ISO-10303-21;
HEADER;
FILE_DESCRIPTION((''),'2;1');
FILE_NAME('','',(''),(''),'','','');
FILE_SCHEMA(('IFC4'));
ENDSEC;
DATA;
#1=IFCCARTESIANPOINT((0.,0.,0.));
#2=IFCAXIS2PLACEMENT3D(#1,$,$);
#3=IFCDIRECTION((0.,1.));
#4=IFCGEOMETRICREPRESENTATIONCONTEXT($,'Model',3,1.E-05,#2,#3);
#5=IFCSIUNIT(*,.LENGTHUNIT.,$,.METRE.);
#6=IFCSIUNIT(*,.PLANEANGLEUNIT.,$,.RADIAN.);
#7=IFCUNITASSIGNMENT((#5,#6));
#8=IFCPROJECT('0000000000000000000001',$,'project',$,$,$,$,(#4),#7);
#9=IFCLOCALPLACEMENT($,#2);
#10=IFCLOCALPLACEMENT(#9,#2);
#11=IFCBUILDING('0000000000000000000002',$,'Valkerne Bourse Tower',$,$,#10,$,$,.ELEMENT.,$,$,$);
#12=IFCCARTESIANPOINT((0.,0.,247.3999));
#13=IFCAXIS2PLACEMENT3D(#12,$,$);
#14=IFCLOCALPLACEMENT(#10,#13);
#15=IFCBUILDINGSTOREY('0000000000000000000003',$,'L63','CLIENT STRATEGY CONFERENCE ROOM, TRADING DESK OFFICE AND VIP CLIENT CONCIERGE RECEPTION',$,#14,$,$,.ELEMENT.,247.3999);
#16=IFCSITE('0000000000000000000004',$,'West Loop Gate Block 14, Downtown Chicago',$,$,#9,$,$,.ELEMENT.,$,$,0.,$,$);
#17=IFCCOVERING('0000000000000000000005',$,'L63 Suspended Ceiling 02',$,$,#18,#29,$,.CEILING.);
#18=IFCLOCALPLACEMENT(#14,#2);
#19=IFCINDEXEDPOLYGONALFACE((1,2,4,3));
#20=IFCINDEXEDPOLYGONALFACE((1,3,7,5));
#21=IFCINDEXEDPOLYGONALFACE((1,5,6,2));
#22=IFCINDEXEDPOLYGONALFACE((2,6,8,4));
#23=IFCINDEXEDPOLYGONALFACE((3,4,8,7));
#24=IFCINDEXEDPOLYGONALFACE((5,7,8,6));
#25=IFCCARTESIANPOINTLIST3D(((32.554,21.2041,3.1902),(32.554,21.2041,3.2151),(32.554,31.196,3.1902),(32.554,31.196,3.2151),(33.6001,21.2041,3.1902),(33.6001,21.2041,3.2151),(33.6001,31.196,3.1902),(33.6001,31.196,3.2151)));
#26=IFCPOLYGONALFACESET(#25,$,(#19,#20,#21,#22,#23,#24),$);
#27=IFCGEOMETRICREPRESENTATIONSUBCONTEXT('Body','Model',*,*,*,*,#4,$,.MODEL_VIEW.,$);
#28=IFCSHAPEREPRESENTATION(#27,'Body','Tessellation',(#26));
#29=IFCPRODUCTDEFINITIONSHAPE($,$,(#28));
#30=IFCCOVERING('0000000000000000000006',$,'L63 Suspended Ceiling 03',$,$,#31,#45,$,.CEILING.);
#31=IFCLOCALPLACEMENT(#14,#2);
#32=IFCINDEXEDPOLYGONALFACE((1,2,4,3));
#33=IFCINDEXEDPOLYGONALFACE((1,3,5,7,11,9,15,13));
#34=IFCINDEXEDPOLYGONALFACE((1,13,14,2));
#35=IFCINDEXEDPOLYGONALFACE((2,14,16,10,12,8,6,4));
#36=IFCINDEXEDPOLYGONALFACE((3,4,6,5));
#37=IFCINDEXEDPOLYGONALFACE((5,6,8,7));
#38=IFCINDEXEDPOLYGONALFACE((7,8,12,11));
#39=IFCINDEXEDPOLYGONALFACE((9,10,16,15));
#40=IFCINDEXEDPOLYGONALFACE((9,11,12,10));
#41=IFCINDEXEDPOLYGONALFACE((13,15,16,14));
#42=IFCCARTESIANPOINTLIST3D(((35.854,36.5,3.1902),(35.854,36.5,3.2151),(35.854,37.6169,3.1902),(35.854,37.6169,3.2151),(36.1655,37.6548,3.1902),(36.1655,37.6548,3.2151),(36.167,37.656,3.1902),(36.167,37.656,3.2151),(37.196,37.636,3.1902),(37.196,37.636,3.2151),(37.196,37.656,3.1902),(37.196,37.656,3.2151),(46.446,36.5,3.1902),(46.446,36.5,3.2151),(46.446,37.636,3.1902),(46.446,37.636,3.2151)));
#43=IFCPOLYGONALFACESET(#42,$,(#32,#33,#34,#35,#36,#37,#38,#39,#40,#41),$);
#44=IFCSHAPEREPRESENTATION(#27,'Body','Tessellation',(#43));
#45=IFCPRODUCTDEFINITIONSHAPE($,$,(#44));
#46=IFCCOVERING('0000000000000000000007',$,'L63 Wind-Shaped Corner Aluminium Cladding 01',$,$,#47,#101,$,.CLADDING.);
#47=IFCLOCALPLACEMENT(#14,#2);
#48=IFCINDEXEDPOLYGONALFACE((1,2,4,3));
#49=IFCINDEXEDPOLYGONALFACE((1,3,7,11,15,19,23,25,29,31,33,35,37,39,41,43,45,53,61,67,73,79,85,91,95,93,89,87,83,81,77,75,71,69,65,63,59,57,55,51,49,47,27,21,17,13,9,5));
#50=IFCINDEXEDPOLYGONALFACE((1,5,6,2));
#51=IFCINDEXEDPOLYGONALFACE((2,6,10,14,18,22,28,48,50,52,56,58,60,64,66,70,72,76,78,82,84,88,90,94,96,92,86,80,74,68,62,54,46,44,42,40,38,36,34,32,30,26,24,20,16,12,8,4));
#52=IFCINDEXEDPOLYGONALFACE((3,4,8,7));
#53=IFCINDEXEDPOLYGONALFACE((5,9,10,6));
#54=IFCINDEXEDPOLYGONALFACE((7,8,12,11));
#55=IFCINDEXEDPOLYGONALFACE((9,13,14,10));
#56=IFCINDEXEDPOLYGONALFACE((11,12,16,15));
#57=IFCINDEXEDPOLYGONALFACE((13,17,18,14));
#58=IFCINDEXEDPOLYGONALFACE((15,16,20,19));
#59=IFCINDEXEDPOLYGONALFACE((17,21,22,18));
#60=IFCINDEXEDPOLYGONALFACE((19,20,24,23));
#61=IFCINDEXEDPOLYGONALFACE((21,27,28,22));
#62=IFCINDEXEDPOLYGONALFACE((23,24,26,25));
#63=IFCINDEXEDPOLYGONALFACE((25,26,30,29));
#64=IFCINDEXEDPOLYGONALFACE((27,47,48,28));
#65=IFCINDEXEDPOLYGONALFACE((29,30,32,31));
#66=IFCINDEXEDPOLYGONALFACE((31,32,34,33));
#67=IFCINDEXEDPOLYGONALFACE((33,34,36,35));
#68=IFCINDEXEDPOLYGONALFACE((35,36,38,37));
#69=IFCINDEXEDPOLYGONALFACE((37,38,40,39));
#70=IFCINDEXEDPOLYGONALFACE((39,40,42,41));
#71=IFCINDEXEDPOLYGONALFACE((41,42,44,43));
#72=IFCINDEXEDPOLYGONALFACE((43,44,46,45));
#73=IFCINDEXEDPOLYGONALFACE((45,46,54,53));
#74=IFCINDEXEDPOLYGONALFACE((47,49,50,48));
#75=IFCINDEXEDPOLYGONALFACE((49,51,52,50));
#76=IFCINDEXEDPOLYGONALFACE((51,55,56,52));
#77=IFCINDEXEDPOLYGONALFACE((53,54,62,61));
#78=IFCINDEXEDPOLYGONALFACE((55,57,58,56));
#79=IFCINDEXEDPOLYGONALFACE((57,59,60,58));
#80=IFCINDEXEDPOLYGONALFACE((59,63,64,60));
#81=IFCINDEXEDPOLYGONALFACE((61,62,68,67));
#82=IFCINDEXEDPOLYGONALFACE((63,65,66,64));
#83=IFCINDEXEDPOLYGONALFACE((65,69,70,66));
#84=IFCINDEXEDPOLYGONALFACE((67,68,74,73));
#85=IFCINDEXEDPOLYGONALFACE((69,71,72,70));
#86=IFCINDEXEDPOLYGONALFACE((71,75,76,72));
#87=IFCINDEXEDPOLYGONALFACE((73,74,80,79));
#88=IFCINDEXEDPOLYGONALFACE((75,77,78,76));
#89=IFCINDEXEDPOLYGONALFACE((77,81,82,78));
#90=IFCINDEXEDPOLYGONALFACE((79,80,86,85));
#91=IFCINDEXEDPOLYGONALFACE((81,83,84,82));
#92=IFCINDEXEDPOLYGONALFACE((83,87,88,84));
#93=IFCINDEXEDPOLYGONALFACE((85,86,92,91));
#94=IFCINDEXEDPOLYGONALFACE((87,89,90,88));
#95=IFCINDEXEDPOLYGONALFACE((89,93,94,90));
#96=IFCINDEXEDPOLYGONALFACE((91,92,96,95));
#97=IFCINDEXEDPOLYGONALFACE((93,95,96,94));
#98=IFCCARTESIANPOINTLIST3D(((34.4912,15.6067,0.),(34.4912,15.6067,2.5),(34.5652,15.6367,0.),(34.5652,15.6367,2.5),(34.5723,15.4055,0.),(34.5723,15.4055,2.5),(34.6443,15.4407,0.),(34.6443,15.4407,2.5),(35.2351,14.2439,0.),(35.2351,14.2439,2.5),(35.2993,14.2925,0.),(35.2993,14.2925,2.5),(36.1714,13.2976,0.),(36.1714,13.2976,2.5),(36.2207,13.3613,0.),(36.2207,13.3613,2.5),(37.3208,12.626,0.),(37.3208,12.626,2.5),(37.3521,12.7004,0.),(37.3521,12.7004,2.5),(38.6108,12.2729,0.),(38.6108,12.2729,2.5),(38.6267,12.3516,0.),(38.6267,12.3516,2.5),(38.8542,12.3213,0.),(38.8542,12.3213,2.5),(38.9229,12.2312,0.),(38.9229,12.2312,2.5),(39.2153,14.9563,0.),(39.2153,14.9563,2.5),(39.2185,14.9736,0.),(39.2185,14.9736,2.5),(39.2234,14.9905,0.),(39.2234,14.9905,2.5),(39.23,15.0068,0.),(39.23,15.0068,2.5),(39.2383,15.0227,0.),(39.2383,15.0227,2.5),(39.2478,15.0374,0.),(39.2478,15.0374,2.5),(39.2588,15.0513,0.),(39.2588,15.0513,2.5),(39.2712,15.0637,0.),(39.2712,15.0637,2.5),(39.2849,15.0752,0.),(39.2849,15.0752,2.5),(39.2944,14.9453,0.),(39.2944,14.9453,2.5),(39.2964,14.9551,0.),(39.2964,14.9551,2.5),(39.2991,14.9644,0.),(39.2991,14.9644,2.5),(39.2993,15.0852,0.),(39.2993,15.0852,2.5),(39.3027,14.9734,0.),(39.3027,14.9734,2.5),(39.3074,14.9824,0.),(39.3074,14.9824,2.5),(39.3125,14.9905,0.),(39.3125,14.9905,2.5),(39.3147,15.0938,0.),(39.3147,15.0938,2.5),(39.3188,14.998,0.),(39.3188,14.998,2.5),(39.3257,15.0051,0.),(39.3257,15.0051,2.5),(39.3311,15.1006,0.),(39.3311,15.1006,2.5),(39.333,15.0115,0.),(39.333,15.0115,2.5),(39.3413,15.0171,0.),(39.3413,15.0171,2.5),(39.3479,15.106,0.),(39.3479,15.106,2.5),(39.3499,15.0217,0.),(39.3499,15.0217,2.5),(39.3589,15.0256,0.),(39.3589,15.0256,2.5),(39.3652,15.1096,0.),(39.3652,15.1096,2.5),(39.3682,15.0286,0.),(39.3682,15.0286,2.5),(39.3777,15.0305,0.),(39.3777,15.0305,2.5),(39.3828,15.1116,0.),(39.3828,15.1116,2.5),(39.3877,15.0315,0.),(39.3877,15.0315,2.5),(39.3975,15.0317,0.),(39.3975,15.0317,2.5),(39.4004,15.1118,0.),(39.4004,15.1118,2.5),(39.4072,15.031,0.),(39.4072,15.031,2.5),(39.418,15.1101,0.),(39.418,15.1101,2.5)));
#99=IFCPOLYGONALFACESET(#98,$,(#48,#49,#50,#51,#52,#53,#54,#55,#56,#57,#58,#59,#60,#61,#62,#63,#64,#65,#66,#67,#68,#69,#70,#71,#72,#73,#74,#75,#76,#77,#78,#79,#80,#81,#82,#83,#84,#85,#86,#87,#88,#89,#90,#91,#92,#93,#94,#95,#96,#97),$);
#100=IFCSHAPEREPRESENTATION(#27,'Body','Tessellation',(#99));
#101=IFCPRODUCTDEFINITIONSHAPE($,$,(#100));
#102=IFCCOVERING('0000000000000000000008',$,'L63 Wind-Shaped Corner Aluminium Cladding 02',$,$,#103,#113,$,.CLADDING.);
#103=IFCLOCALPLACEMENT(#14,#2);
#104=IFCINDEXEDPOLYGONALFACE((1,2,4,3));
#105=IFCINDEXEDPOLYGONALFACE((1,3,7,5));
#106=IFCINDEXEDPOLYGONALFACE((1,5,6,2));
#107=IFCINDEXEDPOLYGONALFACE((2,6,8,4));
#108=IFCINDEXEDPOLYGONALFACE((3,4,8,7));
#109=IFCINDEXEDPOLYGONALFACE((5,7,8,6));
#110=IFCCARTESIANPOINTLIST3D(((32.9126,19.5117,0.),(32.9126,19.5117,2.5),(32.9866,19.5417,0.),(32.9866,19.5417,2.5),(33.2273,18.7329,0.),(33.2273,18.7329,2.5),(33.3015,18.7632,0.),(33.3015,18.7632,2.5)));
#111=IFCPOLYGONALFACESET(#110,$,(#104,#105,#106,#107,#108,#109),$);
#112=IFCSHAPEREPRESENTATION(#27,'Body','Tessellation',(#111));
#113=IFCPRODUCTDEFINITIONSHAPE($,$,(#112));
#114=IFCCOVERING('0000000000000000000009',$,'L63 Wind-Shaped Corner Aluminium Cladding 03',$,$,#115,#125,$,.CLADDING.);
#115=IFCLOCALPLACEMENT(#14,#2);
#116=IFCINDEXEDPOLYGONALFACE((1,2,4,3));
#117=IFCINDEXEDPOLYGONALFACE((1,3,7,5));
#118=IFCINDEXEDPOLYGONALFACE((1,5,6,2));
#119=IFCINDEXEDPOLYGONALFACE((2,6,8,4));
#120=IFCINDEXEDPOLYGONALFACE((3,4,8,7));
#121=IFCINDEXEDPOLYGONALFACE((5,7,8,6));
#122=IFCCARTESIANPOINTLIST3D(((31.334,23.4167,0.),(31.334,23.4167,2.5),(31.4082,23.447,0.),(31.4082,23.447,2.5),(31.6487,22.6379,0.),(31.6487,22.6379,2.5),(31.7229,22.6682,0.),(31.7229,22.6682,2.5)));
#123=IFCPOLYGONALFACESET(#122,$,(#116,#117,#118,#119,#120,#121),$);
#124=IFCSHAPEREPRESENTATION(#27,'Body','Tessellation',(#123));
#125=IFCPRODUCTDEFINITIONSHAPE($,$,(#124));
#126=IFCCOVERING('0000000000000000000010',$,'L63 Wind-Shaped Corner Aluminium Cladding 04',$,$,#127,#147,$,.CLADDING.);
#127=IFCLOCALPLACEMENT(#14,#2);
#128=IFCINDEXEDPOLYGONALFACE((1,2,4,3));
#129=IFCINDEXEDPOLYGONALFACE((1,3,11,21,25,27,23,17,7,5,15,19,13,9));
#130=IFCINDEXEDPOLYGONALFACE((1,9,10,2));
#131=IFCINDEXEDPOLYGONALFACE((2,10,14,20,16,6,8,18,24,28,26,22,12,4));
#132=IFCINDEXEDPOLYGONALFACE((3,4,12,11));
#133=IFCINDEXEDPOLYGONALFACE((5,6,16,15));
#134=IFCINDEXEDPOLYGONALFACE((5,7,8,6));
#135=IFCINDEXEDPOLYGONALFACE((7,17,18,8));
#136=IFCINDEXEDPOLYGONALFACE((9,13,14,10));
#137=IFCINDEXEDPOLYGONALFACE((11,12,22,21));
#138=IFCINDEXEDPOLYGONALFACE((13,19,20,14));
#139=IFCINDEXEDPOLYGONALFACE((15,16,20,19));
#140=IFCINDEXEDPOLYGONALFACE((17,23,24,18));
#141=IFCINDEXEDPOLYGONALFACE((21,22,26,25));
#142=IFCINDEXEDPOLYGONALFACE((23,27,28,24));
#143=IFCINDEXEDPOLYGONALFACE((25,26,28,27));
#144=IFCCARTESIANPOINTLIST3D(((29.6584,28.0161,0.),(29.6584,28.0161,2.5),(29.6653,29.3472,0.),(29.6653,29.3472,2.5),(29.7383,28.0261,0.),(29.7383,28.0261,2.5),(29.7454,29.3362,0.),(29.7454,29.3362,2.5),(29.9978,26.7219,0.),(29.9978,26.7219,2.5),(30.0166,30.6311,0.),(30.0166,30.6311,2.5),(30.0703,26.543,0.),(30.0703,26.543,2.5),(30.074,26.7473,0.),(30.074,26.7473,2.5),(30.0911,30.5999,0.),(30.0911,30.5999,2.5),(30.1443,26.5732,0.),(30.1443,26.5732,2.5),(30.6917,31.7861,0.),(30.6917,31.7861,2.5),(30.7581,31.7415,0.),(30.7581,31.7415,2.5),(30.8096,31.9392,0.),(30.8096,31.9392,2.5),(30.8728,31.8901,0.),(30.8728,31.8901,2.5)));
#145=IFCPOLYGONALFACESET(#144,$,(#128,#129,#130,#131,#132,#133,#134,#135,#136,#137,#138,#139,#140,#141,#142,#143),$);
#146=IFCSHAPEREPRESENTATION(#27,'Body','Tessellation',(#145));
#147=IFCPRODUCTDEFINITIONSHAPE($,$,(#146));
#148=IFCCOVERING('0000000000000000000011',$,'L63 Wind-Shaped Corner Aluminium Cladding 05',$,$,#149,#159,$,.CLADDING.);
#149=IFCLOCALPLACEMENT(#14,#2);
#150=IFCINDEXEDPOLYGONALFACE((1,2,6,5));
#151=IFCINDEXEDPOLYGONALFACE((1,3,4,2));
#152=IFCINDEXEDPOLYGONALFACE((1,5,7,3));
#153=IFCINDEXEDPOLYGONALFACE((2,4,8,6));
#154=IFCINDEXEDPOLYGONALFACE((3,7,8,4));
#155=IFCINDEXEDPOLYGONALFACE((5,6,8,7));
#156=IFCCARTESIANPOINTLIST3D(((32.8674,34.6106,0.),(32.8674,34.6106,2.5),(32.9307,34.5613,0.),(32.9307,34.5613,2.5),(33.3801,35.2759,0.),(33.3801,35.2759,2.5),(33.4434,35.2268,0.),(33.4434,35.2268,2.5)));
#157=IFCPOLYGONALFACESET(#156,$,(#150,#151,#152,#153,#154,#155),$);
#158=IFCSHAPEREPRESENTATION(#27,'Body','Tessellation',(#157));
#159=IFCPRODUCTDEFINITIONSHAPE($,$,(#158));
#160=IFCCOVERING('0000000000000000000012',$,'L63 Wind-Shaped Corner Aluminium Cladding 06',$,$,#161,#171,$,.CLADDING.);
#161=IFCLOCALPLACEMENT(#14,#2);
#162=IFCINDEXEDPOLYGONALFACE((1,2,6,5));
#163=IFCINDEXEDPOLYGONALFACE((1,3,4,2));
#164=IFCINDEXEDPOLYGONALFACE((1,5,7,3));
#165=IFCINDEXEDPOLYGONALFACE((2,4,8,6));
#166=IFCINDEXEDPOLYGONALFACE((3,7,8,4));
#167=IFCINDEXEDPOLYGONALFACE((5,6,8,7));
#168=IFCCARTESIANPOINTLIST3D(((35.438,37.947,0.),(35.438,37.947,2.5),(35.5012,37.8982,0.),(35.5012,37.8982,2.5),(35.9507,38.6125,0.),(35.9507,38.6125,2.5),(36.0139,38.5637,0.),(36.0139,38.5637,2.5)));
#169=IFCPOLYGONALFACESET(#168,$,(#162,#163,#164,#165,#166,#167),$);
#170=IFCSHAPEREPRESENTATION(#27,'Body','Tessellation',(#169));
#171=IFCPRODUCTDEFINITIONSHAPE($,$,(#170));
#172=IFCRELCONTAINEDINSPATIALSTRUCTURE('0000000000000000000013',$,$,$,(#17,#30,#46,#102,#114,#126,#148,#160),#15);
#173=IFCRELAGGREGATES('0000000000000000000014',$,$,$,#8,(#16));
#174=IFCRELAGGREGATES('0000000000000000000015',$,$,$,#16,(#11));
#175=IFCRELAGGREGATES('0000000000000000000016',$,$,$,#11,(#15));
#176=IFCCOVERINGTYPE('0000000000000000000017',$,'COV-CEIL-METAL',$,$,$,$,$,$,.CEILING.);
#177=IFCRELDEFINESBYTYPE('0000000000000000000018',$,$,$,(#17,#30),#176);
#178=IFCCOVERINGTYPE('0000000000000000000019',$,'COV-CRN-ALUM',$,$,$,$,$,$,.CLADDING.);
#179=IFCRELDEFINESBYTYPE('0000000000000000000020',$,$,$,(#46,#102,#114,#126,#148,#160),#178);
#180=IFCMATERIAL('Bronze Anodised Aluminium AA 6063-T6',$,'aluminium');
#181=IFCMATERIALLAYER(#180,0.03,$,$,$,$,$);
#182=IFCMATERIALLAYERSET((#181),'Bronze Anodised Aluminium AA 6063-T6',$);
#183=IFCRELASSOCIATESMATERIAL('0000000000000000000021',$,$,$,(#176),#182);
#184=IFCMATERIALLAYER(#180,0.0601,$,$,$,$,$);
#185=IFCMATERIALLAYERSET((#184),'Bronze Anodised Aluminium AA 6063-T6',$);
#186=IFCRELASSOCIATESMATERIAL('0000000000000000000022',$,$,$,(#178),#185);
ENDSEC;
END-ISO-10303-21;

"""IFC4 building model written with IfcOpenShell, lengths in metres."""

from ifc_helpers import new_model, si_unit, direction, frame, origin, place, context, subcontext, project, spatial, polyline, outline, extrude, material, layer, layer_set, type_object, element, save


model = new_model("IFC4")

# Units and contexts
model_context = context("Model", 3, precision=1e-05, world=origin(), true_north=direction((0.0, 1.0)))
body_context = subcontext(model_context, "Body", "Model", "MODEL_VIEW")
ifc_project = project(units=[si_unit("LENGTHUNIT", "METRE"), si_unit("PLANEANGLEUNIT", "RADIAN")], contexts=[model_context])

# Site, building, storey
site_placement = place(None, origin())
site = spatial("IfcSite", under=ifc_project, at=site_placement, Name="West Loop Gate Block 14, Downtown Chicago", CompositionType="ELEMENT", RefElevation=0.0)
building_placement = place(site_placement, origin())
building = spatial("IfcBuilding", under=site, at=building_placement, Name="Valkerne Bourse Tower", CompositionType="ELEMENT")
storey_placement = place(building_placement, frame((0.0, 0.0, 247.3999)))
storey = spatial("IfcBuildingStorey", under=building, at=storey_placement, Name="L63", Description="CLIENT STRATEGY CONFERENCE ROOM, TRADING DESK OFFICE AND VIP CLIENT CONCIERGE RECEPTION", CompositionType="ELEMENT", Elevation=247.3999)

# Coverings
ifc_material_1 = material(Name="Bronze Anodised Aluminium AA 6063-T6", Category="aluminium")
ifc_layer_1 = layer(ifc_material_1, 0.03)
ifc_layer_set_1 = layer_set([ifc_layer_1], Name="Bronze Anodised Aluminium AA 6063-T6")
covering_type_1 = type_object("IfcCoveringType", Name="COV-CEIL-METAL", PredefinedType="CEILING", material=ifc_layer_set_1)
covering_1_placement = place(storey_placement, frame((0.0, 0.0, 3.1902)))
element("IfcCovering", 1, at=covering_1_placement, inside=storey, type_object=covering_type_1, Name="L63 Suspended Ceiling 02", PredefinedType="CEILING", context=body_context, shape_type="SweptSolid", body=[
    extrude(outline(polyline([(32.554, 21.2041), (32.554, 31.196), (33.6001, 31.196), (33.6001, 21.2041), (32.554, 21.2041)])), origin(), (0.0, 0.0, 1.0), 0.0249),
])
covering_2_placement = place(storey_placement, frame((0.0, 0.0, 3.1902)))
element("IfcCovering", 2, at=covering_2_placement, inside=storey, type_object=covering_type_1, Name="L63 Suspended Ceiling 03", PredefinedType="CEILING", context=body_context, shape_type="SweptSolid", body=[
    extrude(outline(polyline([(35.854, 37.6169), (36.1655, 37.6548), (36.167, 37.656), (37.196, 37.656), (37.196, 37.636), (46.446, 37.636), (46.446, 36.5), (35.854, 36.5), (35.854, 37.6169)])), origin(), (0.0, 0.0, 1.0), 0.0249),
])
ifc_layer_2 = layer(ifc_material_1, 0.0601)
ifc_layer_set_2 = layer_set([ifc_layer_2], Name="Bronze Anodised Aluminium AA 6063-T6")
covering_type_2 = type_object("IfcCoveringType", Name="COV-CRN-ALUM", PredefinedType="CLADDING", material=ifc_layer_set_2)
covering_3_placement = place(storey_placement, origin())
element("IfcCovering", 3, at=covering_3_placement, inside=storey, type_object=covering_type_2, Name="L63 Wind-Shaped Corner Aluminium Cladding 01", PredefinedType="CLADDING", context=body_context, shape_type="SweptSolid", body=[
    extrude(outline(polyline([(36.1714, 13.2976), (35.2351, 14.2439), (34.5723, 15.4055), (34.4912, 15.6067), (34.5652, 15.6367), (34.6443, 15.4407), (35.2993, 14.2925), (36.2207, 13.3613), (37.3521, 12.7004), (38.6267, 12.3516), (38.8542, 12.3213), (39.2153, 14.9563), (39.2185, 14.9736), (39.2234, 14.9905), (39.23, 15.0068), (39.2383, 15.0227), (39.2478, 15.0374), (39.2588, 15.0513), (39.2712, 15.0637), (39.2849, 15.0752), (39.2993, 15.0852), (39.3147, 15.0938), (39.3311, 15.1006), (39.3479, 15.106), (39.3652, 15.1096), (39.3828, 15.1116), (39.4004, 15.1118), (39.418, 15.1101), (39.4072, 15.031), (39.3975, 15.0317), (39.3877, 15.0315), (39.3777, 15.0305), (39.3682, 15.0286), (39.3589, 15.0256), (39.3499, 15.0217), (39.3413, 15.0171), (39.333, 15.0115), (39.3257, 15.0051), (39.3188, 14.998), (39.3125, 14.9905), (39.3074, 14.9824), (39.3027, 14.9734), (39.2991, 14.9644), (39.2964, 14.9551), (39.2944, 14.9453), (38.9229, 12.2312), (38.6108, 12.2729), (37.3208, 12.626), (36.1714, 13.2976)])), origin(), (0.0, 0.0, 1.0), 2.5),
])
covering_4_placement = place(storey_placement, origin())
element("IfcCovering", 4, at=covering_4_placement, inside=storey, type_object=covering_type_2, Name="L63 Wind-Shaped Corner Aluminium Cladding 02", PredefinedType="CLADDING", context=body_context, shape_type="SweptSolid", body=[
    extrude(outline(polyline([(32.9126, 19.5117), (32.9866, 19.5417), (33.3015, 18.7632), (33.2273, 18.7329), (32.9126, 19.5117)])), origin(), (0.0, 0.0, 1.0), 2.5),
])
covering_5_placement = place(storey_placement, origin())
element("IfcCovering", 5, at=covering_5_placement, inside=storey, type_object=covering_type_2, Name="L63 Wind-Shaped Corner Aluminium Cladding 03", PredefinedType="CLADDING", context=body_context, shape_type="SweptSolid", body=[
    extrude(outline(polyline([(31.334, 23.4167), (31.4082, 23.447), (31.7229, 22.6682), (31.6487, 22.6379), (31.334, 23.4167)])), origin(), (0.0, 0.0, 1.0), 2.5),
])
covering_6_placement = place(storey_placement, origin())
element("IfcCovering", 6, at=covering_6_placement, inside=storey, type_object=covering_type_2, Name="L63 Wind-Shaped Corner Aluminium Cladding 04", PredefinedType="CLADDING", context=body_context, shape_type="SweptSolid", body=[
    extrude(outline(polyline([(29.9978, 26.7219), (29.6584, 28.0161), (29.6653, 29.3472), (30.0166, 30.6311), (30.6917, 31.7861), (30.8096, 31.9392), (30.8728, 31.8901), (30.7581, 31.7415), (30.0911, 30.5999), (29.7454, 29.3362), (29.7383, 28.0261), (30.074, 26.7473), (30.1443, 26.5732), (30.0703, 26.543), (29.9978, 26.7219)])), origin(), (0.0, 0.0, 1.0), 2.5),
])
covering_7_placement = place(storey_placement, origin())
element("IfcCovering", 7, at=covering_7_placement, inside=storey, type_object=covering_type_2, Name="L63 Wind-Shaped Corner Aluminium Cladding 05", PredefinedType="CLADDING", context=body_context, shape_type="SweptSolid", body=[
    extrude(outline(polyline([(33.3801, 35.2759), (33.4434, 35.2268), (32.9307, 34.5613), (32.8674, 34.6106), (33.3801, 35.2759)])), origin(), (0.0, 0.0, 1.0), 2.5),
])
covering_8_placement = place(storey_placement, origin())
element("IfcCovering", 8, at=covering_8_placement, inside=storey, type_object=covering_type_2, Name="L63 Wind-Shaped Corner Aluminium Cladding 06", PredefinedType="CLADDING", context=body_context, shape_type="SweptSolid", body=[
    extrude(outline(polyline([(35.9507, 38.6125), (36.0139, 38.5637), (35.5012, 37.8982), (35.438, 37.947), (35.9507, 38.6125)])), origin(), (0.0, 0.0, 1.0), 2.5),
])

save(model, "model.ifc")
